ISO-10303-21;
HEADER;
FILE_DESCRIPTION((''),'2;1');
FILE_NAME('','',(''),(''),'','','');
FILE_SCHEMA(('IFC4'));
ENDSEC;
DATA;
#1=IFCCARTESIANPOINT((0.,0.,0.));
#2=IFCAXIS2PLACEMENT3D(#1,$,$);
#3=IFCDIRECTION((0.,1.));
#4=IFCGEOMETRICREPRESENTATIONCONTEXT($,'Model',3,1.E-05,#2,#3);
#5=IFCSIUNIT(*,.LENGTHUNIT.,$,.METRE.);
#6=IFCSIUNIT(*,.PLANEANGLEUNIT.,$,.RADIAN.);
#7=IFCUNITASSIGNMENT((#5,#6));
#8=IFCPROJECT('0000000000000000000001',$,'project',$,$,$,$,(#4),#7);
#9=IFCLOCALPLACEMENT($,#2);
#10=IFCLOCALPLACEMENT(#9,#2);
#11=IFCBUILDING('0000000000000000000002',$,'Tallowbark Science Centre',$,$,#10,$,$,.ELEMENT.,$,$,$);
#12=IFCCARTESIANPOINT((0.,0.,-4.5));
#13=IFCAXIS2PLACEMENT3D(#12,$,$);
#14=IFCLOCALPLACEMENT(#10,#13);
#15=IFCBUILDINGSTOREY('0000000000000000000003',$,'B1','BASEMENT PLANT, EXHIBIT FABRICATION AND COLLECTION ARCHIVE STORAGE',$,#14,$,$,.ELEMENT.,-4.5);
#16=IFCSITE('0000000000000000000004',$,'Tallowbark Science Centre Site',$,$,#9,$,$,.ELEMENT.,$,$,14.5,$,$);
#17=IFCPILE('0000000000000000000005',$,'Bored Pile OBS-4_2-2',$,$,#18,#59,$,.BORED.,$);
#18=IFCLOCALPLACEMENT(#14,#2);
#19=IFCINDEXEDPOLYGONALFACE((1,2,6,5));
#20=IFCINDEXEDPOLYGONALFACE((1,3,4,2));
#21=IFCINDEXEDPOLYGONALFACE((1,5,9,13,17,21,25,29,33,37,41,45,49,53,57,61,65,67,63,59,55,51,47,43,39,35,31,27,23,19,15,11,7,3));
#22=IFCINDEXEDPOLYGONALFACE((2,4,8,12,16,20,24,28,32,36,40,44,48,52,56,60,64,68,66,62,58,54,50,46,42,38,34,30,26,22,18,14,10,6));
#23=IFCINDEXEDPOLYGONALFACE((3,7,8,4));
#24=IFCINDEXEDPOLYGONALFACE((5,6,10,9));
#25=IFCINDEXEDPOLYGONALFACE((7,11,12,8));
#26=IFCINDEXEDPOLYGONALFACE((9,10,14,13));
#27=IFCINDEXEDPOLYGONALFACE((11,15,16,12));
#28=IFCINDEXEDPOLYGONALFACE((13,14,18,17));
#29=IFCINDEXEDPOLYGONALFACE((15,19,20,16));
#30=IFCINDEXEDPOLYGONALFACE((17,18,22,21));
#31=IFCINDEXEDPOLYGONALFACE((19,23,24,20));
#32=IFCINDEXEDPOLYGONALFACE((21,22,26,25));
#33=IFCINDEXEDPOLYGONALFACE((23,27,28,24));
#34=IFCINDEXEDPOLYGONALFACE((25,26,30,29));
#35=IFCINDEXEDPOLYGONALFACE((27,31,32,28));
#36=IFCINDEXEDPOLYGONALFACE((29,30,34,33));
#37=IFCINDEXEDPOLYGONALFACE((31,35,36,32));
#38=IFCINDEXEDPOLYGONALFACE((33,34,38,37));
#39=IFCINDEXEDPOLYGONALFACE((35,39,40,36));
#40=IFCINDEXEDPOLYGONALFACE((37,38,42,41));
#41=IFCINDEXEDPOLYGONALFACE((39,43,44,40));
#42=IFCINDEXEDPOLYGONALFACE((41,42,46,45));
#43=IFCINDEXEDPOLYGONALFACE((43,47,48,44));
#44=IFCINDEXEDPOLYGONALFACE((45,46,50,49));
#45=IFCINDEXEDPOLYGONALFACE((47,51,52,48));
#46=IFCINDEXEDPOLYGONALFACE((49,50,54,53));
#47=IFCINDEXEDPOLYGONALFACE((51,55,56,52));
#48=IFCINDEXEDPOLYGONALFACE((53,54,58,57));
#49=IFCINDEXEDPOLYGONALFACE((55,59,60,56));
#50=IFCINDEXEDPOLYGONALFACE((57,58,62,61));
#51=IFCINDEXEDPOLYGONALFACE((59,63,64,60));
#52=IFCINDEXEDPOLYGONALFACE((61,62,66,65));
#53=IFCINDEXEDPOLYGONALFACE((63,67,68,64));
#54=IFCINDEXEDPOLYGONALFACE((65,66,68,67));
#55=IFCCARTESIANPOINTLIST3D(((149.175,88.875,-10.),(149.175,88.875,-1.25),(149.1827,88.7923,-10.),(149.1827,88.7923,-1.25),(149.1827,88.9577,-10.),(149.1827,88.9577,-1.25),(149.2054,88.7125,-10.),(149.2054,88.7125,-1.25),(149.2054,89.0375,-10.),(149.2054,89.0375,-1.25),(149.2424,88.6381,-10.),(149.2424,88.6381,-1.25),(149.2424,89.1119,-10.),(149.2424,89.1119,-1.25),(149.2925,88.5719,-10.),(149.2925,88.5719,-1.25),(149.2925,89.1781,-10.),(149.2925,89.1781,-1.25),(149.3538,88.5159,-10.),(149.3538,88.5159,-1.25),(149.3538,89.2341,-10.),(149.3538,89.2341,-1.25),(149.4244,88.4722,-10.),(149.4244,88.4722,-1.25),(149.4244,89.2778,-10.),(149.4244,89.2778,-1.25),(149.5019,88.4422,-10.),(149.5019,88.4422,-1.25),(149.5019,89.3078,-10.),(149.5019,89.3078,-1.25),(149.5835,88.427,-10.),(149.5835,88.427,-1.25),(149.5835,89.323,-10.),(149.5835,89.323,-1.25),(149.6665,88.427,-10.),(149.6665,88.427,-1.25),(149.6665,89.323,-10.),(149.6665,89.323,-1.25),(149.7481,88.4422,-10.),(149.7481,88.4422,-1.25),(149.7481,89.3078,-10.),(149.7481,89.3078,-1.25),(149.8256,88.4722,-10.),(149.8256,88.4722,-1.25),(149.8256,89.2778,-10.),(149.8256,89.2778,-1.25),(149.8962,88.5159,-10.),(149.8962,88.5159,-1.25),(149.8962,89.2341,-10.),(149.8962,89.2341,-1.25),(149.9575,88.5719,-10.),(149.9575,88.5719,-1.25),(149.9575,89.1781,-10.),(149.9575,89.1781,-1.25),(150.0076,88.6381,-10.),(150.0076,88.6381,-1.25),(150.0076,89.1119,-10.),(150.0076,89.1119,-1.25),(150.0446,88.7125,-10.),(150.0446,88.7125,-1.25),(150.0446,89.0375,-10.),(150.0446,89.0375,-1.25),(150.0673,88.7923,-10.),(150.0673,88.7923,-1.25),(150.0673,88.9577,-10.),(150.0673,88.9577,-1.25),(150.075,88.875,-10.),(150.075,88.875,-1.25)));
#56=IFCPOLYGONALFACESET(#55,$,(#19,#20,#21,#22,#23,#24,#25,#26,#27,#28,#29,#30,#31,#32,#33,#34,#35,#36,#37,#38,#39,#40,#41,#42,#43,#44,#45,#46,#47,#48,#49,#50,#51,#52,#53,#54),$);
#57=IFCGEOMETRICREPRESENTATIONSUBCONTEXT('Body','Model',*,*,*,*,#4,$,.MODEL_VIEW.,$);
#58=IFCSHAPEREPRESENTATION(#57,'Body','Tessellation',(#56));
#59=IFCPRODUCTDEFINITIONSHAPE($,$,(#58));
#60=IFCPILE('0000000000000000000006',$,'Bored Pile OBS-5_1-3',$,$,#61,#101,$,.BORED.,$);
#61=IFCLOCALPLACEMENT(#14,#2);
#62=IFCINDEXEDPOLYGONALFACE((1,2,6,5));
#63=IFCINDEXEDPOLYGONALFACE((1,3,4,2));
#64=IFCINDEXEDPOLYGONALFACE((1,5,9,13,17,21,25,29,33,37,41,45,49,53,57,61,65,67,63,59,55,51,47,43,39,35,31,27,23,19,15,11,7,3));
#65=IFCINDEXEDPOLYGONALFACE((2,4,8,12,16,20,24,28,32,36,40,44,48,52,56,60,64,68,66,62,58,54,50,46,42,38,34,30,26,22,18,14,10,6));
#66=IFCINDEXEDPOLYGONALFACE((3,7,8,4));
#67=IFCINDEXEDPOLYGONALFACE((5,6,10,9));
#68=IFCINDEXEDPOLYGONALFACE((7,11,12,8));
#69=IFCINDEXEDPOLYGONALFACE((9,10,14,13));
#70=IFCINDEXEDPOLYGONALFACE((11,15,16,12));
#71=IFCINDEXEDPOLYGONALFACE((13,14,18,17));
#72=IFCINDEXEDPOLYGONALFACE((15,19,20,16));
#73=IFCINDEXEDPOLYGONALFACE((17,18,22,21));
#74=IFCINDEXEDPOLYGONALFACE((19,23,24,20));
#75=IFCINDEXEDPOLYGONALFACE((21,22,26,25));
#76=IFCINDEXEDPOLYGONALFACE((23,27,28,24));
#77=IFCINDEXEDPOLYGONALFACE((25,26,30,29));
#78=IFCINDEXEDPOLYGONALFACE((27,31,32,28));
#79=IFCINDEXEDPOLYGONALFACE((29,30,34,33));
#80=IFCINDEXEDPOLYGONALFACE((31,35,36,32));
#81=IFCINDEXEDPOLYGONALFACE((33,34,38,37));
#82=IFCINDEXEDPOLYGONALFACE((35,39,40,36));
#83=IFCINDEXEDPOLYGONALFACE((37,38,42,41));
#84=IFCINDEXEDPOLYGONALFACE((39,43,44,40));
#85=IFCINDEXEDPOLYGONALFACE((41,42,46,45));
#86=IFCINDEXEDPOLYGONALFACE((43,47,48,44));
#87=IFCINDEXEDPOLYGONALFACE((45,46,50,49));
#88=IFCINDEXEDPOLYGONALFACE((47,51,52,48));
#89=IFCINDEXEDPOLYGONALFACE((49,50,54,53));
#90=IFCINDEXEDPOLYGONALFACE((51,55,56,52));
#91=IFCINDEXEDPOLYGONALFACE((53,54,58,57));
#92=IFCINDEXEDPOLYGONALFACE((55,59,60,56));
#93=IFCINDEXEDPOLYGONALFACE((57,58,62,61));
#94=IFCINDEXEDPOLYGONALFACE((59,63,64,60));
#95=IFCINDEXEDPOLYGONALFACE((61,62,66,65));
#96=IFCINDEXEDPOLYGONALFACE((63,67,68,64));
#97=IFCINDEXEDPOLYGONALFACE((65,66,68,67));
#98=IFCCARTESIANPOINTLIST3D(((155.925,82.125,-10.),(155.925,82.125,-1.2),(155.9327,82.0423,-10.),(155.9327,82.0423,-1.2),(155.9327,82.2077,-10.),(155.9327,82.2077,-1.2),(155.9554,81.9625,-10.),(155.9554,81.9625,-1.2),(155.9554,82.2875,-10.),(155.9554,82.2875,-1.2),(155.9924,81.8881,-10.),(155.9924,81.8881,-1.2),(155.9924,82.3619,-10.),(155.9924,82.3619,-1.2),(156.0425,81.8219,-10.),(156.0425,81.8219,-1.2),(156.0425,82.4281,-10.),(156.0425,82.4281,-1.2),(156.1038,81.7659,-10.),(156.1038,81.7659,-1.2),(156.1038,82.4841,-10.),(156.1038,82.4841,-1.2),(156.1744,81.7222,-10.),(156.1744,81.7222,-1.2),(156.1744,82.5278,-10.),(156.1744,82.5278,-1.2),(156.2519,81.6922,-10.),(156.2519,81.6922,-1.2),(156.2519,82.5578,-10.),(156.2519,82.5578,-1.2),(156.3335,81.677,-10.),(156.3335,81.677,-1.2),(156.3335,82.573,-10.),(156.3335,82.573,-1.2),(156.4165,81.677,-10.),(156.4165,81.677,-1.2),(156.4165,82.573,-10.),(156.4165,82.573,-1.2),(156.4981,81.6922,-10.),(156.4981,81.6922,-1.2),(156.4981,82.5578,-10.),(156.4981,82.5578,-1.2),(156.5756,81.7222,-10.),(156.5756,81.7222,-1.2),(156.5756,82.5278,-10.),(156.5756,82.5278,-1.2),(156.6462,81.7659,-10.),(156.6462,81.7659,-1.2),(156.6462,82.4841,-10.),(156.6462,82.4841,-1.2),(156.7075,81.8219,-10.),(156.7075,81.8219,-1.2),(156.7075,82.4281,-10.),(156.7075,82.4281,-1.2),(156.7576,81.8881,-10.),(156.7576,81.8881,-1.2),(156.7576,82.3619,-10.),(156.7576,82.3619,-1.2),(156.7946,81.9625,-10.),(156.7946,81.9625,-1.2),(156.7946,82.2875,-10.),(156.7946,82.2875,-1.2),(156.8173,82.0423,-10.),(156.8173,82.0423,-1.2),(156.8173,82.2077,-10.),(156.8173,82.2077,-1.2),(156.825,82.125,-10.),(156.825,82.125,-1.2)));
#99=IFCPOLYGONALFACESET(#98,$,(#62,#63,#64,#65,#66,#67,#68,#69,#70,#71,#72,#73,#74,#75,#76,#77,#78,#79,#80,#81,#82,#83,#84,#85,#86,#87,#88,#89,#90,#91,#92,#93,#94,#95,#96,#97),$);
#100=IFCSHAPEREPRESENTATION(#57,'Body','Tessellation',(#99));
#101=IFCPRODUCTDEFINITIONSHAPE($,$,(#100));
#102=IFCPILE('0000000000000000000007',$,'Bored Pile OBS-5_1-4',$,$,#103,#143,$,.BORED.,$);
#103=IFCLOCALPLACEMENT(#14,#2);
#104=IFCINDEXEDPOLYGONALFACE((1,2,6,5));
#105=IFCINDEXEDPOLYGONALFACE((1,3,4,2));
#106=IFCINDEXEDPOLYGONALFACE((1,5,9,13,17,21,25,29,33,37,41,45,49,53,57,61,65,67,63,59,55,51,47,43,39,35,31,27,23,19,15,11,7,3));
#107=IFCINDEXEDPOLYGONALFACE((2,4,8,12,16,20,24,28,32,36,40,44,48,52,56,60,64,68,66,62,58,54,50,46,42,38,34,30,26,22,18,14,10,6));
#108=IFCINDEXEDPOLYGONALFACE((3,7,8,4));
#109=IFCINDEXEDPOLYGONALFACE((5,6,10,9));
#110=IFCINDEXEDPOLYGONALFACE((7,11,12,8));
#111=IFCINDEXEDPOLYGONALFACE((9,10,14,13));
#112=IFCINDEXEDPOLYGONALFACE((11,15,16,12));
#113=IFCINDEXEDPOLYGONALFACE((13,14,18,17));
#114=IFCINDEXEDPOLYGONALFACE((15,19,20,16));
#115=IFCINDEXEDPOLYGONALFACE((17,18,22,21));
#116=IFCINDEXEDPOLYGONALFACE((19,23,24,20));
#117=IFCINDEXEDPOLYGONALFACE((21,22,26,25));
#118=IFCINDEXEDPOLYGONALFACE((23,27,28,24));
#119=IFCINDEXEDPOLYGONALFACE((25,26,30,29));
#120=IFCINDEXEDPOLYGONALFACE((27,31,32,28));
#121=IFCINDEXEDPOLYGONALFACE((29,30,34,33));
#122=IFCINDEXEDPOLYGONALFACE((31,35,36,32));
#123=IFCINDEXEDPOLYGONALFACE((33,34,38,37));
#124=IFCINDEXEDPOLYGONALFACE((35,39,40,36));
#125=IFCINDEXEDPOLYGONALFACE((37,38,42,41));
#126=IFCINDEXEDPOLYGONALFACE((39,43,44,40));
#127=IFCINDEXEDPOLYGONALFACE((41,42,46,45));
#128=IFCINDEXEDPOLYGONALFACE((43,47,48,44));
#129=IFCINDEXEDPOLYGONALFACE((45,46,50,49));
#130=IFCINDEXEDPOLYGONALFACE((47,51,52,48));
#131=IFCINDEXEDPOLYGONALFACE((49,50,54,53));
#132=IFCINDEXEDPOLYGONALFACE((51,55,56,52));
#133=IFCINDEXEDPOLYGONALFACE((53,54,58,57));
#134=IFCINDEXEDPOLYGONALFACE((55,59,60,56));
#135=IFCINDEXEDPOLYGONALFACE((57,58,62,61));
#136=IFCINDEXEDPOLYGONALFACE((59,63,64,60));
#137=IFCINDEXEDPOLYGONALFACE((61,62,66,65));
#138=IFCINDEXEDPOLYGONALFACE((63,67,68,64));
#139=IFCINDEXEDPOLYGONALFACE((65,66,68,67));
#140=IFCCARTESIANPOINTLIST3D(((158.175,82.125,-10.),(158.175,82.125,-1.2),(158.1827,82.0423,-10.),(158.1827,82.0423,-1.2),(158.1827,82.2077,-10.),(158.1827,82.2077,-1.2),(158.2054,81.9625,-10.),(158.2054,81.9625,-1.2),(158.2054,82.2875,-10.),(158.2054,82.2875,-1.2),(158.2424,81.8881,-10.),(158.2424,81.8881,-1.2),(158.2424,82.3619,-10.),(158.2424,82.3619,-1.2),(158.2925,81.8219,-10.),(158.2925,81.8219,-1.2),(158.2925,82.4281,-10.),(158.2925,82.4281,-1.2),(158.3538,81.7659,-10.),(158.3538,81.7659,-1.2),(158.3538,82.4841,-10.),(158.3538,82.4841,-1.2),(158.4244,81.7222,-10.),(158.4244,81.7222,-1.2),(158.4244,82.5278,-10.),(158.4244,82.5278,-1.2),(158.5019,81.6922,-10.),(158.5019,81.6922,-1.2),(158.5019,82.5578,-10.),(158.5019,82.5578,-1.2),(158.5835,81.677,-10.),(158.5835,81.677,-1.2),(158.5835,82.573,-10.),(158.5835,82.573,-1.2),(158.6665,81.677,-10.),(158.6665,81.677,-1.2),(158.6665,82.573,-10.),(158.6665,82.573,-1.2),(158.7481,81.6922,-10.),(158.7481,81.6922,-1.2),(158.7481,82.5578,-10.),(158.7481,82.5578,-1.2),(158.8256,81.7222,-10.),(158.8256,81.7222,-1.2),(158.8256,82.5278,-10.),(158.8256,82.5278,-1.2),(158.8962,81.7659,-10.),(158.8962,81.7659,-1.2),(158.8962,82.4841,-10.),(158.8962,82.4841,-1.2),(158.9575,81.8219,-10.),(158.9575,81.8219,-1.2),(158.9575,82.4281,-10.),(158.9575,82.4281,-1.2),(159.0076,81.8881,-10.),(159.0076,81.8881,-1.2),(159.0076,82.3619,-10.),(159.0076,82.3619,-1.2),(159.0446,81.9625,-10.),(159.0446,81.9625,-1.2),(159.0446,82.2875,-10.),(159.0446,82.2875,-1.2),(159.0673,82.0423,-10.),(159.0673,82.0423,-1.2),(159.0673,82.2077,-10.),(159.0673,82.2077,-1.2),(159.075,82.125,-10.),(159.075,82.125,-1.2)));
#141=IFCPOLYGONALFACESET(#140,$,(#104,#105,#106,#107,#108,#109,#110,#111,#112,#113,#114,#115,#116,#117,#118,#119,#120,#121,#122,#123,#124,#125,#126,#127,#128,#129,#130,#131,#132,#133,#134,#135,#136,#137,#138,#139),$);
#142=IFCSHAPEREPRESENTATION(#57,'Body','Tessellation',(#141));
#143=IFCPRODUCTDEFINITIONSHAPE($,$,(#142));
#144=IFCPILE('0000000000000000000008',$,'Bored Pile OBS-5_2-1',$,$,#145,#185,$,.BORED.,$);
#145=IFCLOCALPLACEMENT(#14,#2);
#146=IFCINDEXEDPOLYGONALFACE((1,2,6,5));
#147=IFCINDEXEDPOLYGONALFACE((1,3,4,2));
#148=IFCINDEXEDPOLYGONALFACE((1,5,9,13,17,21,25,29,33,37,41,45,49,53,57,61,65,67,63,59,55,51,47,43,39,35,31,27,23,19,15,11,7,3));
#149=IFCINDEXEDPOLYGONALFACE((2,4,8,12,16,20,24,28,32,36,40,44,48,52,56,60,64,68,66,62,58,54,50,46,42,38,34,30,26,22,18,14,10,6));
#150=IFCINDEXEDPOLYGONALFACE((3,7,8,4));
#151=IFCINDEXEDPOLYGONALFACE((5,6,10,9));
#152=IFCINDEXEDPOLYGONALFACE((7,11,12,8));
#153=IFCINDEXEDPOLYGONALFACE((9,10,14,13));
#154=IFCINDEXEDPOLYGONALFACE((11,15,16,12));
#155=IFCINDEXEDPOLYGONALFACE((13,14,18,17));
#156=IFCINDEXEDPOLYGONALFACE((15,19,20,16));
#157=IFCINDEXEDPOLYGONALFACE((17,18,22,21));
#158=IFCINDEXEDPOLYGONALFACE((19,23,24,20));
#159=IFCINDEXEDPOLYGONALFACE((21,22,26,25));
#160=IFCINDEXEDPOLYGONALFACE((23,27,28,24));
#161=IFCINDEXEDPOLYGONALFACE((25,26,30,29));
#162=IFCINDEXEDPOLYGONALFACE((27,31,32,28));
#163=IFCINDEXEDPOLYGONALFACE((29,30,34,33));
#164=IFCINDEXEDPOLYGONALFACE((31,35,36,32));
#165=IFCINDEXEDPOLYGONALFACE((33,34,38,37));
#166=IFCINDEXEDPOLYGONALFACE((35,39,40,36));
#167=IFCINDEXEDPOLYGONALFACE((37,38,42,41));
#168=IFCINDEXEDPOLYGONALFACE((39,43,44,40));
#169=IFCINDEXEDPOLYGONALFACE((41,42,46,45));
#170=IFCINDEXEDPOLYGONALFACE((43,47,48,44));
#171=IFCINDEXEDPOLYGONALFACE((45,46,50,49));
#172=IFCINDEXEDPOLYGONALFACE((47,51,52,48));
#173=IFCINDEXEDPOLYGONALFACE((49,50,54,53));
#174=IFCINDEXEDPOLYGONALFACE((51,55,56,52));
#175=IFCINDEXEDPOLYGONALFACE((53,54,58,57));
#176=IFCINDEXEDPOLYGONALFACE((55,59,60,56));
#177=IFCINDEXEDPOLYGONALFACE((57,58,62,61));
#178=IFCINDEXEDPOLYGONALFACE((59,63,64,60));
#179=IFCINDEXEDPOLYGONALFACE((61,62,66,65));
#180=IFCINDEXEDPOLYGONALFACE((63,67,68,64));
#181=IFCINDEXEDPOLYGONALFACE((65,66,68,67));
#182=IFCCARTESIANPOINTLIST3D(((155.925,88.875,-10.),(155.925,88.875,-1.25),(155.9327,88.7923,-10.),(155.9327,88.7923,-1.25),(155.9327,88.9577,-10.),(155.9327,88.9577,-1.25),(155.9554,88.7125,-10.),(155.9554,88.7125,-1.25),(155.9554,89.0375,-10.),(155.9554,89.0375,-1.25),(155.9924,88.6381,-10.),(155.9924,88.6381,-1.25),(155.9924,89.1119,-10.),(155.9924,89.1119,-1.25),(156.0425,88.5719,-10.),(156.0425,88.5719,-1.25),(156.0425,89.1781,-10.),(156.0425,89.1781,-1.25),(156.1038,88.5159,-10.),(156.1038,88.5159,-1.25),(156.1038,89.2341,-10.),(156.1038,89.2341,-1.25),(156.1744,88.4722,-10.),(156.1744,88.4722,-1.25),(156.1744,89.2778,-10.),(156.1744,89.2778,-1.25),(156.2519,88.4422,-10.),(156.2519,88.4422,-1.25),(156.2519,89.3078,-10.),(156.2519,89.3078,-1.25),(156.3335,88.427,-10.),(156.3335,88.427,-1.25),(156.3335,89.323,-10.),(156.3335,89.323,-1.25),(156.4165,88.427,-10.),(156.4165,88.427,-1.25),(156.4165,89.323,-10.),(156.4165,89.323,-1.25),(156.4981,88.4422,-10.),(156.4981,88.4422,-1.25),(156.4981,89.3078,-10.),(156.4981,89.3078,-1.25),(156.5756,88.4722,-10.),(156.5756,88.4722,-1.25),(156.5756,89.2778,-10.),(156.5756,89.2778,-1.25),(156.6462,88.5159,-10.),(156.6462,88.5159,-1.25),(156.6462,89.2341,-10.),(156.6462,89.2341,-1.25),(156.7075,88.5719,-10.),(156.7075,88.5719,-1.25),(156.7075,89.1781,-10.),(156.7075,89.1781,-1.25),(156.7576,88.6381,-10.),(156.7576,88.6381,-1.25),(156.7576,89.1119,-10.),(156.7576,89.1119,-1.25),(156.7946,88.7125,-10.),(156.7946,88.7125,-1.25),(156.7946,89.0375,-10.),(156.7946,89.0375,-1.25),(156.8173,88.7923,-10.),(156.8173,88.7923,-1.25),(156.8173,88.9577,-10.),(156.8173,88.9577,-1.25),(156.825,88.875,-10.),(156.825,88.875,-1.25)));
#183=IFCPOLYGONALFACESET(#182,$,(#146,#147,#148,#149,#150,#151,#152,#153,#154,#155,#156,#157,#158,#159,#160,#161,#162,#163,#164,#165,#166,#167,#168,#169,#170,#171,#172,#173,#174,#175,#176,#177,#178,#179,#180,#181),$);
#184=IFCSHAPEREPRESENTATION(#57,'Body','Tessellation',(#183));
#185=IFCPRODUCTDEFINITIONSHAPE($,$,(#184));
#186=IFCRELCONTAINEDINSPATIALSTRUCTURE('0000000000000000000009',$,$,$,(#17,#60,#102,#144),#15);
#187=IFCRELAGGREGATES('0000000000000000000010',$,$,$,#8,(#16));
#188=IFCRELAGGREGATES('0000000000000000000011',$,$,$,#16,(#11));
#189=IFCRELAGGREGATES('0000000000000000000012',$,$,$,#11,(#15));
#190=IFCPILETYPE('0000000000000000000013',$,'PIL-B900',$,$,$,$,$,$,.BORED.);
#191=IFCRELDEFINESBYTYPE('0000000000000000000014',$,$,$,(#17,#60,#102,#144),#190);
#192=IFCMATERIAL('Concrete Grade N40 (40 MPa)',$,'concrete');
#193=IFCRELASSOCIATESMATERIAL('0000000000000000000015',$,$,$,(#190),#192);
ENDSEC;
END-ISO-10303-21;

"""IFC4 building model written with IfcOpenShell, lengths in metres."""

from ifc_helpers import new_model, si_unit, direction, frame, origin, origin_2d, place, context, subcontext, project, spatial, circle, extrude, material, material_profile, profile_set, type_object, element, save


model = new_model("IFC4")

# Units and contexts
model_context = context("Model", 3, precision=1e-05, world=origin(), true_north=direction((0.0, 1.0)))
body_context = subcontext(model_context, "Body", "Model", "MODEL_VIEW")
ifc_project = project(units=[si_unit("LENGTHUNIT", "METRE"), si_unit("PLANEANGLEUNIT", "RADIAN")], contexts=[model_context])

# Site, building, storey
site_placement = place(None, origin())
site = spatial("IfcSite", under=ifc_project, at=site_placement, Name="Tallowbark Science Centre Site", CompositionType="ELEMENT", RefElevation=14.5)
building_placement = place(site_placement, origin())
building = spatial("IfcBuilding", under=site, at=building_placement, Name="Tallowbark Science Centre", CompositionType="ELEMENT")
storey_placement = place(building_placement, frame((0.0, 0.0, -4.5)))
storey = spatial("IfcBuildingStorey", under=building, at=storey_placement, Name="B1", Description="BASEMENT PLANT, EXHIBIT FABRICATION AND COLLECTION ARCHIVE STORAGE", CompositionType="ELEMENT", Elevation=-4.5)

# Shared definitions
ifc_material_1 = material(Name="Concrete Grade N40 (40 MPa)", Category="concrete")

# Piles
ifc_material_profile_1 = material_profile(ifc_material_1, circle(Radius=0.45, at=origin_2d()), Name="PILE900")
ifc_profile_set_1 = profile_set([ifc_material_profile_1], Name="Concrete Grade N40 (40 MPa)")
pile_type_1 = type_object("IfcPileType", Name="PIL-B900", PredefinedType="BORED", material=ifc_profile_set_1)
pile_1_placement = place(storey_placement, frame((149.625, 88.875, -1.25), z_axis=(0.0, 0.0, -1.0), x_axis=(1.0, 0.0, 0.0)))
element("IfcPile", 1, at=pile_1_placement, inside=storey, type_object=pile_type_1, Name="Bored Pile OBS-4_2-2", PredefinedType="BORED", context=body_context, shape_type="SweptSolid", body=[
    extrude(circle(Radius=0.45, at=origin_2d()), origin(), (0.0, 0.0, 1.0), 8.75),
])
for number, where, z_axis, x_axis, name in (
    (2, (156.375, 82.125, -1.2), (0.0, 0.0, -1.0), (1.0, 0.0, 0.0), "Bored Pile OBS-5_1-3"),
    (3, (158.625, 82.125, -1.2), (0.0, 0.0, -1.0), (1.0, 0.0, 0.0), "Bored Pile OBS-5_1-4"),
):
    element("IfcPile", number, at=place(storey_placement, frame(where, z_axis=z_axis, x_axis=x_axis)), inside=storey, type_object=pile_type_1, Name=name, PredefinedType="BORED", context=body_context, shape_type="SweptSolid", body=[
        extrude(circle(Radius=0.45, at=origin_2d()), origin(), (0.0, 0.0, 1.0), 8.8),
    ])
for number, where, z_axis, x_axis, name in (
    (4, (156.375, 88.875, -1.25), (0.0, 0.0, -1.0), (1.0, 0.0, 0.0), "Bored Pile OBS-5_2-1"),
):
    element("IfcPile", number, at=place(storey_placement, frame(where, z_axis=z_axis, x_axis=x_axis)), inside=storey, type_object=pile_type_1, Name=name, PredefinedType="BORED", context=body_context, shape_type="SweptSolid", body=[
        extrude(circle(Radius=0.45, at=origin_2d()), origin(), (0.0, 0.0, 1.0), 8.75),
    ])

save(model, "model.ifc")
